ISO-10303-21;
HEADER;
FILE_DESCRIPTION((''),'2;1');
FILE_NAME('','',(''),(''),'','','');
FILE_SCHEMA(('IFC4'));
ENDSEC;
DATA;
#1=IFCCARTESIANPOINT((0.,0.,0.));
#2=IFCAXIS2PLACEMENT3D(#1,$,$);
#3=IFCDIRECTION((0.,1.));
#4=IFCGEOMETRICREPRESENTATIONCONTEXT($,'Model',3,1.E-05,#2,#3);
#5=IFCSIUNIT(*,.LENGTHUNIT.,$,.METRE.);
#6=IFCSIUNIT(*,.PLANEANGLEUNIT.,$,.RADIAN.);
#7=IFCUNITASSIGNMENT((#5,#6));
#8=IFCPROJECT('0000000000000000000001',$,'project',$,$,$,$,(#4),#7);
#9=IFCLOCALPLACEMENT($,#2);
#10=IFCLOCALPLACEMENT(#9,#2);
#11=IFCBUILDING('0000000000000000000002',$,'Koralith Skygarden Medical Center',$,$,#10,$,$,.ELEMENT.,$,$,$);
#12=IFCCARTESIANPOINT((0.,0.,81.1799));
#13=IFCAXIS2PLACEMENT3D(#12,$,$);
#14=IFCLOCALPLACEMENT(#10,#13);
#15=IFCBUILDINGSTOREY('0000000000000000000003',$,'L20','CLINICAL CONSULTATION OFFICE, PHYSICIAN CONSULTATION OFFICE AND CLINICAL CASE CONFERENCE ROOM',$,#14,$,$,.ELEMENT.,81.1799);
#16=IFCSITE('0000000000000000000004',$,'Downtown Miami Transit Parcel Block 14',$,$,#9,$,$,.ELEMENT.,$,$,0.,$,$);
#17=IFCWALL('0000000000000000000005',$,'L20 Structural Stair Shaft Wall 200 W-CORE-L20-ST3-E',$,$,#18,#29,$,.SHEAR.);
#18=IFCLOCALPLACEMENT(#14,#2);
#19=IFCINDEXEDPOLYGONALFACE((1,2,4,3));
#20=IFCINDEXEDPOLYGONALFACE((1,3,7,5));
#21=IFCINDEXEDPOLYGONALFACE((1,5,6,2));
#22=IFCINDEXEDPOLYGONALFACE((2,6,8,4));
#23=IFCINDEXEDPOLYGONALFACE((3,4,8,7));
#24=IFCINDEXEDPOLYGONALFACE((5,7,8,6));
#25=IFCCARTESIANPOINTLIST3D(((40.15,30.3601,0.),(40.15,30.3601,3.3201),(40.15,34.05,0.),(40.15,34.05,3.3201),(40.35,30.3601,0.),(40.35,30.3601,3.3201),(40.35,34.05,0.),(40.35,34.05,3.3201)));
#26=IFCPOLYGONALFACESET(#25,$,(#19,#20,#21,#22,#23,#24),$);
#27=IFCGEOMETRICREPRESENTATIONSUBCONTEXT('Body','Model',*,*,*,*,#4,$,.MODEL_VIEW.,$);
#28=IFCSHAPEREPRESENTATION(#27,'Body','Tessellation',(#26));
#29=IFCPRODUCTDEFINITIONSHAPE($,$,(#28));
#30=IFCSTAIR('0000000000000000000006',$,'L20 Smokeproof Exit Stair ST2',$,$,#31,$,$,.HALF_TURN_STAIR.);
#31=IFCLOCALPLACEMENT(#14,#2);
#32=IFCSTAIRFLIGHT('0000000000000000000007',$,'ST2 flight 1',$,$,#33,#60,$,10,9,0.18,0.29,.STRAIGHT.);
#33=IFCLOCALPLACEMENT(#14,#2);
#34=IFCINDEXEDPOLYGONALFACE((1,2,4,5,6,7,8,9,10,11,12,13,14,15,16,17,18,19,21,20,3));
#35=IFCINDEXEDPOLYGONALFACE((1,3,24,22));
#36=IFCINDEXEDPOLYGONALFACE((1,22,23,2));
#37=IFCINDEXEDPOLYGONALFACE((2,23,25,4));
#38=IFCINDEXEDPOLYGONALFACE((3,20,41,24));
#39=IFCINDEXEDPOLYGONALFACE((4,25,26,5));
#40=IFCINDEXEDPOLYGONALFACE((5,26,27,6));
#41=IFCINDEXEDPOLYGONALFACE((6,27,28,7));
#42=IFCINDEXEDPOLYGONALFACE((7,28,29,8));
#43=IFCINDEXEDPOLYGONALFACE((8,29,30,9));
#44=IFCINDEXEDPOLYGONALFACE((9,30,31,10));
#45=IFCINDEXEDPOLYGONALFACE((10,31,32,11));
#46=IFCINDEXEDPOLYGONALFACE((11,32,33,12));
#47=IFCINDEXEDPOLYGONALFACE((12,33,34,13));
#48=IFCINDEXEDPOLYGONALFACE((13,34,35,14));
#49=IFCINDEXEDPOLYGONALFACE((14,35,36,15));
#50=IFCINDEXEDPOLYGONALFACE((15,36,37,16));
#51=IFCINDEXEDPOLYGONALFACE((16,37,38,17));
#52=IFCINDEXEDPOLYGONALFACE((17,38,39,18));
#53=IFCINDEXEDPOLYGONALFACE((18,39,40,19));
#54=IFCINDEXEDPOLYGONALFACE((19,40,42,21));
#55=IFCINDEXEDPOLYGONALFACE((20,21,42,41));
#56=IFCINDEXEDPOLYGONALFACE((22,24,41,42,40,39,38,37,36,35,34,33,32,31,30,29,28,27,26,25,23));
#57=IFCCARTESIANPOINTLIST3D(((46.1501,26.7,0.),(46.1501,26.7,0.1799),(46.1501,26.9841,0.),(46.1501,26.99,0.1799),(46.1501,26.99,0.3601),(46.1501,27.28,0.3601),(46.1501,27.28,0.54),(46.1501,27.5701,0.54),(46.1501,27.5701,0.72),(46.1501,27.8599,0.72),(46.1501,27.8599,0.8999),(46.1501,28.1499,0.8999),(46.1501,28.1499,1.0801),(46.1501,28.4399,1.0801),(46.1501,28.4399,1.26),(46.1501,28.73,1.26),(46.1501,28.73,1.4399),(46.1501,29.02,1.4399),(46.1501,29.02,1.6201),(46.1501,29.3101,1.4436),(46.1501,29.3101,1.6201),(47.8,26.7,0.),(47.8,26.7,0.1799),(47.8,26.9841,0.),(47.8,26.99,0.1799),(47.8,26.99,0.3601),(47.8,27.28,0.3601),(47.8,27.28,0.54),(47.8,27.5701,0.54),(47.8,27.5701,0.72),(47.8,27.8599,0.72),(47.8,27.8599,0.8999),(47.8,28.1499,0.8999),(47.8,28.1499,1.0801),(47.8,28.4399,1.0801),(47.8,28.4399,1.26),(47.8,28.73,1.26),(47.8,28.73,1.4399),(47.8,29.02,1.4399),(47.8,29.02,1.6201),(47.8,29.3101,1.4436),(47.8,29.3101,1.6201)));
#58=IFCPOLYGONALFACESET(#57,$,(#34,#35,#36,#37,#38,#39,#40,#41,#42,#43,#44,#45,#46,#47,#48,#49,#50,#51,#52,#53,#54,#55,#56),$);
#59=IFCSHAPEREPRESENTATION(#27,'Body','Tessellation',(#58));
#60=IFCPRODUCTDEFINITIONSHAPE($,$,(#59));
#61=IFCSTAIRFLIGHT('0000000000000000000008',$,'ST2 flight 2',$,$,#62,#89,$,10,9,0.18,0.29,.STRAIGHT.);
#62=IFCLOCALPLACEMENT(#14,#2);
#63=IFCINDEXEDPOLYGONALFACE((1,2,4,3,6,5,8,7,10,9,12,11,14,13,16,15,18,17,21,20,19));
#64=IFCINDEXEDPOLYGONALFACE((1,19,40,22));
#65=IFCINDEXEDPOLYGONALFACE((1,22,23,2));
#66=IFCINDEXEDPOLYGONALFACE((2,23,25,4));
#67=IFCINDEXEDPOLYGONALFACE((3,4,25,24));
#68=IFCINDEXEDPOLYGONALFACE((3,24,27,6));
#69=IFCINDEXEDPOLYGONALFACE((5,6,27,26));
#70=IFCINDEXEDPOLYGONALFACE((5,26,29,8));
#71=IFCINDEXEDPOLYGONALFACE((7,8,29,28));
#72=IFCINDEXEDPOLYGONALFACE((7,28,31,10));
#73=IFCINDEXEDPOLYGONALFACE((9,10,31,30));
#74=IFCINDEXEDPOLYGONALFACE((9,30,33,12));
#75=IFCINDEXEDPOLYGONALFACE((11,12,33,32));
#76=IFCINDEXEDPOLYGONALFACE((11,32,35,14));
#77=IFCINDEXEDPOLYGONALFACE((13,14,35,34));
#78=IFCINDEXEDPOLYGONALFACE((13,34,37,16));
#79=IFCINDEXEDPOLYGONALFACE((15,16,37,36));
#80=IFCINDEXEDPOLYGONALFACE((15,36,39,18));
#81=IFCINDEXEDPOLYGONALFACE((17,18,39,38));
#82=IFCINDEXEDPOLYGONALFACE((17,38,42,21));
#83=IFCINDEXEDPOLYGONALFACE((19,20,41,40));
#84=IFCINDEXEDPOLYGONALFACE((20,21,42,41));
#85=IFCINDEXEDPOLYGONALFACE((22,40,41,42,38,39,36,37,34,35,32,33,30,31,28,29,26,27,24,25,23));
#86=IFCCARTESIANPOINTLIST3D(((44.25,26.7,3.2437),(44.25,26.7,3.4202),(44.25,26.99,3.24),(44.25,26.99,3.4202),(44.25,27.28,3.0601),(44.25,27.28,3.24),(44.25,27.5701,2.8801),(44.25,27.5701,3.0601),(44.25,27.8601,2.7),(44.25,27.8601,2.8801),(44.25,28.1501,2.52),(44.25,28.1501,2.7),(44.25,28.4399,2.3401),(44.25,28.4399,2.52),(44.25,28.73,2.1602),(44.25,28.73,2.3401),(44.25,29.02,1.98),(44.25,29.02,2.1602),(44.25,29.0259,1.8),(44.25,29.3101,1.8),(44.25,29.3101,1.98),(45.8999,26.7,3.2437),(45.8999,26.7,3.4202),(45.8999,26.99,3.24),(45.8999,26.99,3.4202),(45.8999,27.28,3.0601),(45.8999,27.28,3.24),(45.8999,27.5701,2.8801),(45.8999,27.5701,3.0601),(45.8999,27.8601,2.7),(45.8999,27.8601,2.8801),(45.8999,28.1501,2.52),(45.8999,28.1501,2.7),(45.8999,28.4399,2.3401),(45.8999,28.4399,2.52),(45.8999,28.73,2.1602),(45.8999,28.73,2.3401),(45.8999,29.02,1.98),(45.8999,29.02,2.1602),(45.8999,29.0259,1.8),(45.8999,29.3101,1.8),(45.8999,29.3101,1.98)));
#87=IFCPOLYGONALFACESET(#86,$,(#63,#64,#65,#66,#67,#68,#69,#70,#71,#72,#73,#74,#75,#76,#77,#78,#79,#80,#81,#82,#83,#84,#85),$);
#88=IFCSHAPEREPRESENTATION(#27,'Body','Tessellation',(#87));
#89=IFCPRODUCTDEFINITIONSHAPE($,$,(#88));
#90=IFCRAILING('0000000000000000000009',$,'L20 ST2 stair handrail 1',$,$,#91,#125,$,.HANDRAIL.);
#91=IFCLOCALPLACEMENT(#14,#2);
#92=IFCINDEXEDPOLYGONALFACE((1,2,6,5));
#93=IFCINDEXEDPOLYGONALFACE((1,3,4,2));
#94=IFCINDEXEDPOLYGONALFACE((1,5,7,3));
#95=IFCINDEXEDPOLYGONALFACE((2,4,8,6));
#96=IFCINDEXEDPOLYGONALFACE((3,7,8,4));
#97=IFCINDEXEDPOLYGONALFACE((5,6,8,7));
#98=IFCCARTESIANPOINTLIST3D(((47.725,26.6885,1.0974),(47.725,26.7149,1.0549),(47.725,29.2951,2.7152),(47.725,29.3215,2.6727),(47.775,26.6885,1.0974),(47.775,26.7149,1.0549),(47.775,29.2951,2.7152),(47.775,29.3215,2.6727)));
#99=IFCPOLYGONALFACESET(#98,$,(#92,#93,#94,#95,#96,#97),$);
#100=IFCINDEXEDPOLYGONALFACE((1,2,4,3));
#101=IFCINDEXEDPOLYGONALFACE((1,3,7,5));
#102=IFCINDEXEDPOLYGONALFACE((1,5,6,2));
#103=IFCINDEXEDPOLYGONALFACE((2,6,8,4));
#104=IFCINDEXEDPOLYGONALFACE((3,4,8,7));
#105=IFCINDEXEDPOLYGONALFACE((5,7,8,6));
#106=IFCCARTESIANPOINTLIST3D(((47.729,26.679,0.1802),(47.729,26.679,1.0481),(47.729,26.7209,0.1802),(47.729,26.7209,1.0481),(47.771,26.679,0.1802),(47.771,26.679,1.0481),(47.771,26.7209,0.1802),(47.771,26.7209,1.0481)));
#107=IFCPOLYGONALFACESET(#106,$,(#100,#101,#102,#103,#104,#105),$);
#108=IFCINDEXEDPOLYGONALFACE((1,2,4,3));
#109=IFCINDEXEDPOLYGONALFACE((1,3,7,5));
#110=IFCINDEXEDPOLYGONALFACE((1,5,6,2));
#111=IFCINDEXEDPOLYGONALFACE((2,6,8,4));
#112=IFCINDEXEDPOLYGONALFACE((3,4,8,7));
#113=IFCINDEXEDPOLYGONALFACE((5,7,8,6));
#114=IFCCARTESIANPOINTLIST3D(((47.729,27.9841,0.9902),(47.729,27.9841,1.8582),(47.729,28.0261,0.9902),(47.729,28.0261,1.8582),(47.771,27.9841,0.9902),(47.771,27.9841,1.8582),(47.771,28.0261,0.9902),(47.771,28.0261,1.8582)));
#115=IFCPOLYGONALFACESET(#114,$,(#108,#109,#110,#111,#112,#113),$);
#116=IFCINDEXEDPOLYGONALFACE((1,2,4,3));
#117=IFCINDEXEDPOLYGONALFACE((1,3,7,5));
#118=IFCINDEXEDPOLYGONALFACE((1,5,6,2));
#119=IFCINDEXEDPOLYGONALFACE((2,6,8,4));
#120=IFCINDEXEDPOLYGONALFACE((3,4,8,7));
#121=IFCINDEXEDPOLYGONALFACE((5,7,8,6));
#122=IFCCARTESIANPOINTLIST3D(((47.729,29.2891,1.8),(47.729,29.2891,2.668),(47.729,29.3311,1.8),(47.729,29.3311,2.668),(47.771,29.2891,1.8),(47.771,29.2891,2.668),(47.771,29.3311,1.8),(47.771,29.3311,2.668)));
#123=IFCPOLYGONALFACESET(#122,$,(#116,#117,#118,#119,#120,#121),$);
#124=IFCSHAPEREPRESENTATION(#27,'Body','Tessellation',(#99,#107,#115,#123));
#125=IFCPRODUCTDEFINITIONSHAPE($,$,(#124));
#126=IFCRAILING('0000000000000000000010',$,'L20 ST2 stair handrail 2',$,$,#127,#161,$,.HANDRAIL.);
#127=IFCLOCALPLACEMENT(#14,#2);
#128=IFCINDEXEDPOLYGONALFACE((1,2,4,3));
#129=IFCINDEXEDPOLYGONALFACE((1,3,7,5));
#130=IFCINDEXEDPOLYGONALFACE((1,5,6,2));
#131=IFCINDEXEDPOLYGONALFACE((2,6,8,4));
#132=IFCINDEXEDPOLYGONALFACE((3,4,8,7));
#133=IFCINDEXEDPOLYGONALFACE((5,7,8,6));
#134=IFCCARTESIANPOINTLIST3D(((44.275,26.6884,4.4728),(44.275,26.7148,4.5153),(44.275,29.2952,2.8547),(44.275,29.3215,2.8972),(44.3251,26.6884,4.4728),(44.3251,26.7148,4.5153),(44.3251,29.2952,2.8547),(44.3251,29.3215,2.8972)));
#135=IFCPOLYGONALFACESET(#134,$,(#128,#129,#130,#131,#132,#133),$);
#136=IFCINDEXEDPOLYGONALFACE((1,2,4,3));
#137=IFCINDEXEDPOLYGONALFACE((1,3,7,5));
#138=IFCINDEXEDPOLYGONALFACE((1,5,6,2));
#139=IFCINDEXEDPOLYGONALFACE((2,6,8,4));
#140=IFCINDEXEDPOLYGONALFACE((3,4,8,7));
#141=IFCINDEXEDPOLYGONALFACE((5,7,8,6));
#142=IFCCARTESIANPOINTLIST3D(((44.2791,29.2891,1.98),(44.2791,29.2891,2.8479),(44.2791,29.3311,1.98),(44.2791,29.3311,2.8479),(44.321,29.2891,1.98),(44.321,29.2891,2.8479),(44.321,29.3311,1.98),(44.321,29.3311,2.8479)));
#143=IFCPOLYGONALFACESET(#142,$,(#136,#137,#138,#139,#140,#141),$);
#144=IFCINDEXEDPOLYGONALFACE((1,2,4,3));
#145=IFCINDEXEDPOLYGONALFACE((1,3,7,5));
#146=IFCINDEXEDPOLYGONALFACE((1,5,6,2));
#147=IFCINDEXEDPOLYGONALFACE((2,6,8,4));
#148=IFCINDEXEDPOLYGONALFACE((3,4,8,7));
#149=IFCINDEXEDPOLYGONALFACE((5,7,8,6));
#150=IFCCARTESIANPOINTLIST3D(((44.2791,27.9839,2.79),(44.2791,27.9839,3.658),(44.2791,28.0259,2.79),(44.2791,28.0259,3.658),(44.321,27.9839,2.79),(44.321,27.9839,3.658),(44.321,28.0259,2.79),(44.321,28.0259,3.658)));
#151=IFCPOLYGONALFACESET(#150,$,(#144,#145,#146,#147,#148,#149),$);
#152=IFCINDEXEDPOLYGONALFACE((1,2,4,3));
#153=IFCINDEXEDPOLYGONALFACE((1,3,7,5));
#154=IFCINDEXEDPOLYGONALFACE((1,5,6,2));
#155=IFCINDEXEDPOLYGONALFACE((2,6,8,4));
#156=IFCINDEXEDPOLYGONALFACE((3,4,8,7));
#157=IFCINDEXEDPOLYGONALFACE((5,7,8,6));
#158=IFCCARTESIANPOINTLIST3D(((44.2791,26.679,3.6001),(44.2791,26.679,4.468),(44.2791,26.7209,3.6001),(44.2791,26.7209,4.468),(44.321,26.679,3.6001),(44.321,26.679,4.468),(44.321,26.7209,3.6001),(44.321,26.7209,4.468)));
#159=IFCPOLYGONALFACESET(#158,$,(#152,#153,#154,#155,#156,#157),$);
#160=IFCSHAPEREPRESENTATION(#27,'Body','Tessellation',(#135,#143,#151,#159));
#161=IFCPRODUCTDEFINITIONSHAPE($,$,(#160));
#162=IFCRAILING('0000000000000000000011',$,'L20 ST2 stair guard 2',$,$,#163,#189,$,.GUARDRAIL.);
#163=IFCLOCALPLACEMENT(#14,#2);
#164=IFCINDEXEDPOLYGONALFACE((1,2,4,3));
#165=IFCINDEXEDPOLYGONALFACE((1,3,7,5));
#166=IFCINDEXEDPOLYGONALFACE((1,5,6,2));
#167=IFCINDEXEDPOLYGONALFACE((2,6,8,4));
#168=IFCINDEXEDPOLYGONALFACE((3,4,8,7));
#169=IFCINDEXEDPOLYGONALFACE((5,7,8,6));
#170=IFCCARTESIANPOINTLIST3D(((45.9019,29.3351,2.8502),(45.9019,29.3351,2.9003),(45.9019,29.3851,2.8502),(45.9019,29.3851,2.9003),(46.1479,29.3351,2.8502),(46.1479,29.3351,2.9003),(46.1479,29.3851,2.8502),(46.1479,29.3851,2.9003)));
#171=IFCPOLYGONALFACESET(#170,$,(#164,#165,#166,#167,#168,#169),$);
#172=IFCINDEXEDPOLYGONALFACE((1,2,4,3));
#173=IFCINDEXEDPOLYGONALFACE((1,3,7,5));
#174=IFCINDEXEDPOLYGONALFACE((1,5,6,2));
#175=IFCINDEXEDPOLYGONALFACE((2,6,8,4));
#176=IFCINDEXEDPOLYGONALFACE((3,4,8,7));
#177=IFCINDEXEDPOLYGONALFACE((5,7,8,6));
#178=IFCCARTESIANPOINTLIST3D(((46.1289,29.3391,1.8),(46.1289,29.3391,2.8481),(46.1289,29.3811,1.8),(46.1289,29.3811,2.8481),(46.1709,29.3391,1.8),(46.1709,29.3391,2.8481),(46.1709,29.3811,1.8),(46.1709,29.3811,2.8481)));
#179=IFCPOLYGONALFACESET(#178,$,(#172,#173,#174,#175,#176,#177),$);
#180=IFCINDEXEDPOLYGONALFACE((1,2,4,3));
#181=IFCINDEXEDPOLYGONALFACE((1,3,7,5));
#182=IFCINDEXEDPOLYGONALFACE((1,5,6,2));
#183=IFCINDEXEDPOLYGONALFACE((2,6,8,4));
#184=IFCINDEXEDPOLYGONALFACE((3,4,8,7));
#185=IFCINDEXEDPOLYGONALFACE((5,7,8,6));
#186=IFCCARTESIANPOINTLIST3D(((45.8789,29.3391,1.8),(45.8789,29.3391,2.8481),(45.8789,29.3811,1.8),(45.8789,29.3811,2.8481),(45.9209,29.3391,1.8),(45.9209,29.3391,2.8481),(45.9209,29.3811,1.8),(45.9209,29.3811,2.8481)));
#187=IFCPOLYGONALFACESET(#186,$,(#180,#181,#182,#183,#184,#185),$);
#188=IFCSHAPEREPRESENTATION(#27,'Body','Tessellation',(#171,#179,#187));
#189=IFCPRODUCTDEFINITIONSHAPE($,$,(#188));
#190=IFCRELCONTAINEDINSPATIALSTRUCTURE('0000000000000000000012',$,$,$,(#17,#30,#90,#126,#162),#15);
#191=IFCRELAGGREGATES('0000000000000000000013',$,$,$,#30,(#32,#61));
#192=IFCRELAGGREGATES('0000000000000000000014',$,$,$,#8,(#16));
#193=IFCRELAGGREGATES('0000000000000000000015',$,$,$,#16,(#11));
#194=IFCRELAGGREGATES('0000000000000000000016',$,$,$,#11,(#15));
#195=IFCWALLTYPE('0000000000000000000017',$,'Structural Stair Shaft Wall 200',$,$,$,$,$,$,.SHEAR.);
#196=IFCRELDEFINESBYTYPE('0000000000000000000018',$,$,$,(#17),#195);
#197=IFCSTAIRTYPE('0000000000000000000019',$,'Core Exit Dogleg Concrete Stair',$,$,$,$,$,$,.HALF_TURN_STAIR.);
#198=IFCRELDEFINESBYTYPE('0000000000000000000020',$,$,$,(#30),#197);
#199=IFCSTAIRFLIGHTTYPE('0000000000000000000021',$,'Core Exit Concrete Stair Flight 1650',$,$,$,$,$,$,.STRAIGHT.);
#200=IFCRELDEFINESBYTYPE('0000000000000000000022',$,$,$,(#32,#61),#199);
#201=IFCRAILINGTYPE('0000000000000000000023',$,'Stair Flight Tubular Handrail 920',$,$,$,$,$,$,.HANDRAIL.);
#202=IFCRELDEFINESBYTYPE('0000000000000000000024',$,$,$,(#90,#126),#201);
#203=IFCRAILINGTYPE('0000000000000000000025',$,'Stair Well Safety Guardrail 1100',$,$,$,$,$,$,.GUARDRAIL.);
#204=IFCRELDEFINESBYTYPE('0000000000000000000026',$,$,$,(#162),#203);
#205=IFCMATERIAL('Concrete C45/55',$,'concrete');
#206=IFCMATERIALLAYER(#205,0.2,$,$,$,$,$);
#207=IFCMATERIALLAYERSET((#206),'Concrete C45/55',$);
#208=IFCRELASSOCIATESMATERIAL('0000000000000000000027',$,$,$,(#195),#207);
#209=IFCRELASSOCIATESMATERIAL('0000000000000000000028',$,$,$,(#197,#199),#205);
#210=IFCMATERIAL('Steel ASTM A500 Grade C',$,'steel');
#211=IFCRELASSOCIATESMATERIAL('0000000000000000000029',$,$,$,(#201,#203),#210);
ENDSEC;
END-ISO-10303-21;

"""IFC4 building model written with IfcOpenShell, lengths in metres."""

from ifc_helpers import new_model, si_unit, direction, frame, frame_2d, origin, origin_2d, place, context, subcontext, project, spatial, polyline, rectangle, outline, extrude, material, layer, layer_set, type_object, element, aggregate, save


model = new_model("IFC4")

# Units and contexts
model_context = context("Model", 3, precision=1e-05, world=origin(), true_north=direction((0.0, 1.0)))
body_context = subcontext(model_context, "Body", "Model", "MODEL_VIEW")
ifc_project = project(units=[si_unit("LENGTHUNIT", "METRE"), si_unit("PLANEANGLEUNIT", "RADIAN")], contexts=[model_context])

# Site, building, storey
site_placement = place(None, origin())
site = spatial("IfcSite", under=ifc_project, at=site_placement, Name="Downtown Miami Transit Parcel Block 14", CompositionType="ELEMENT", RefElevation=0.0)
building_placement = place(site_placement, origin())
building = spatial("IfcBuilding", under=site, at=building_placement, Name="Koralith Skygarden Medical Center", CompositionType="ELEMENT")
storey_placement = place(building_placement, frame((0.0, 0.0, 81.1799)))
storey = spatial("IfcBuildingStorey", under=building, at=storey_placement, Name="L20", Description="CLINICAL CONSULTATION OFFICE, PHYSICIAN CONSULTATION OFFICE AND CLINICAL CASE CONFERENCE ROOM", CompositionType="ELEMENT", Elevation=81.1799)

# Shared definitions
ifc_material_1 = material(Name="Concrete C45/55", Category="concrete")

# Shared definitions
ifc_material_2 = material(Name="Steel ASTM A500 Grade C", Category="steel")

# Wall
ifc_layer_1 = layer(ifc_material_1, 0.2)
ifc_layer_set_1 = layer_set([ifc_layer_1], Name="Concrete C45/55")
wall_type_1 = type_object("IfcWallType", Name="Structural Stair Shaft Wall 200", PredefinedType="SHEAR", material=ifc_layer_set_1)
wall_1_placement = place(storey_placement, frame((40.25, 30.3601, 0.0), z_axis=(0.0, 0.0, 1.0), x_axis=(0.0, 1.0, 0.0)))
element("IfcWall", 1, at=wall_1_placement, inside=storey, type_object=wall_type_1, Name="L20 Structural Stair Shaft Wall 200 W-CORE-L20-ST3-E", PredefinedType="SHEAR", context=body_context, shape_type="SweptSolid", body=[
    extrude(rectangle(XDim=3.6899, YDim=0.2, at=frame_2d((1.845, 0.0))), origin(), (0.0, 0.0, 1.0), 3.3201),
])

# Stair, stair flights
stair_type = type_object("IfcStairType", Name="Core Exit Dogleg Concrete Stair", PredefinedType="HALF_TURN_STAIR", material=ifc_material_1)
stair_placement = place(storey_placement, origin())
stair = element("IfcStair", 2, at=stair_placement, inside=storey, type_object=stair_type, Name="L20 Smokeproof Exit Stair ST2", PredefinedType="HALF_TURN_STAIR")
stair_flight_type = type_object("IfcStairFlightType", Name="Core Exit Concrete Stair Flight 1650", PredefinedType="STRAIGHT", material=ifc_material_1)
stair_flight_1_placement = place(storey_placement, frame((46.9751, 26.7, 0.0), z_axis=(0.0, 0.0, 1.0), x_axis=(0.0, 1.0, 0.0)))
stair_flight_1 = element("IfcStairFlight", 3, at=stair_flight_1_placement, type_object=stair_flight_type, Name="ST2 flight 1", NumberOfRisers=10, NumberOfTreads=9, PredefinedType="STRAIGHT", RiserHeight=0.18, TreadLength=0.29, context=body_context, shape_type="SweptSolid", body=[
    extrude(outline(polyline([(0.0, 0.0), (0.0, 0.1799), (0.29, 0.1799), (0.29, 0.3601), (0.5801, 0.3601), (0.5801, 0.54), (0.8701, 0.54), (0.8701, 0.72), (1.1599, 0.72), (1.1599, 0.8999), (1.45, 0.8999), (1.45, 1.0801), (1.74, 1.0801), (1.74, 1.26), (2.03, 1.26), (2.03, 1.4399), (2.3201, 1.4399), (2.3201, 1.6201), (2.6101, 1.6201), (2.6101, 1.8), (2.6101, 1.4436), (0.2842, 0.0), (0.0, 0.0)])), frame((0.0, 0.825, 0.0), z_axis=(0.0, -1.0, 0.0), x_axis=(1.0, 0.0, 0.0)), (0.0, 0.0, 1.0), 1.6499),
])
stair_flight_2_placement = place(storey_placement, frame((45.075, 29.3101, 1.8), z_axis=(0.0, 0.0, 1.0), x_axis=(0.0, -1.0, 0.0)))
stair_flight_2 = element("IfcStairFlight", 4, at=stair_flight_2_placement, type_object=stair_flight_type, Name="ST2 flight 2", NumberOfRisers=10, NumberOfTreads=9, PredefinedType="STRAIGHT", RiserHeight=0.18, TreadLength=0.29, context=body_context, shape_type="SweptSolid", body=[
    extrude(outline(polyline([(0.0, 0.0), (0.0, 0.1799), (0.29, 0.1799), (0.29, 0.3601), (0.5801, 0.3601), (0.5801, 0.54), (0.8701, 0.54), (0.8701, 0.72), (1.1599, 0.72), (1.1599, 0.8999), (1.45, 0.8999), (1.45, 1.0801), (1.74, 1.0801), (1.74, 1.26), (2.03, 1.26), (2.03, 1.4399), (2.3201, 1.4399), (2.3201, 1.6201), (2.6101, 1.6201), (2.6101, 1.8), (2.6101, 1.4436), (0.2842, 0.0), (0.0, 0.0)])), frame((0.0, 0.825, 0.0), z_axis=(0.0, -1.0, 0.0), x_axis=(1.0, 0.0, 0.0)), (0.0, 0.0, 1.0), 1.6499),
])
aggregate(stair, [stair_flight_1, stair_flight_2])

# Railings
railing_type_1 = type_object("IfcRailingType", Name="Stair Flight Tubular Handrail 920", PredefinedType="HANDRAIL", material=ifc_material_2)
railing_1_placement = place(storey_placement, frame((47.75, 26.7, 0.1802)))
element("IfcRailing", 5, at=railing_1_placement, inside=storey, type_object=railing_type_1, Name="L20 ST2 stair handrail 1", PredefinedType="HANDRAIL", context=body_context, shape_type="SweptSolid", body=[
    extrude(rectangle(XDim=0.05, YDim=0.05, at=origin_2d()), frame((0.0, 0.0017, 0.896), z_axis=(0.0, 0.849668, 0.527317), x_axis=(-1.0, 0.0, 0.0)), (0.0, 0.0, 1.0), 3.0679),
    extrude(rectangle(XDim=0.042, YDim=0.042, at=origin_2d()), origin(), (0.0, 0.0, 1.0), 0.8679),
    extrude(rectangle(XDim=0.042, YDim=0.042, at=origin_2d()), frame((0.0, 1.3052, 0.8101)), (0.0, 0.0, 1.0), 0.8679),
    extrude(rectangle(XDim=0.042, YDim=0.042, at=origin_2d()), frame((0.0, 2.6101, 1.6199)), (0.0, 0.0, 1.0), 0.8679),
])
railing_2_placement = place(storey_placement, frame((44.3, 29.3101, 1.98)))
element("IfcRailing", 6, at=railing_2_placement, inside=storey, type_object=railing_type_1, Name="L20 ST2 stair handrail 2", PredefinedType="HANDRAIL", context=body_context, shape_type="SweptSolid", body=[
    extrude(rectangle(XDim=0.05, YDim=0.05, at=origin_2d()), frame((0.0, -0.0017, 0.896), z_axis=(0.0, -0.849633, 0.527375), x_axis=(1.0, 0.0, 0.0)), (0.0, 0.0, 1.0), 3.0681),
    extrude(rectangle(XDim=0.042, YDim=0.042, at=origin_2d()), origin(), (0.0, 0.0, 1.0), 0.8679),
    extrude(rectangle(XDim=0.042, YDim=0.042, at=origin_2d()), frame((0.0, -1.3052, 0.8101)), (0.0, 0.0, 1.0), 0.8679),
    extrude(rectangle(XDim=0.042, YDim=0.042, at=origin_2d()), frame((0.0, -2.6101, 1.6201)), (0.0, 0.0, 1.0), 0.8679),
])
railing_type_2 = type_object("IfcRailingType", Name="Stair Well Safety Guardrail 1100", PredefinedType="GUARDRAIL", material=ifc_material_2)
railing_3_placement = place(storey_placement, frame((46.1499, 29.3601, 1.8)))
element("IfcRailing", 7, at=railing_3_placement, inside=storey, type_object=railing_type_2, Name="L20 ST2 stair guard 2", PredefinedType="GUARDRAIL", context=body_context, shape_type="SweptSolid", body=[
    extrude(rectangle(XDim=0.05, YDim=0.05, at=origin_2d()), frame((-0.002, 0.0, 1.0752), z_axis=(-1.0, 0.0, 0.0), x_axis=(0.0, -1.0, 0.0)), (0.0, 0.0, 1.0), 0.2461),
    extrude(rectangle(XDim=0.042, YDim=0.042, at=origin_2d()), origin(), (0.0, 0.0, 1.0), 1.0481),
    extrude(rectangle(XDim=0.042, YDim=0.042, at=origin_2d()), frame((-0.25, 0.0, 0.0)), (0.0, 0.0, 1.0), 1.0481),
])

save(model, "model.ifc")
